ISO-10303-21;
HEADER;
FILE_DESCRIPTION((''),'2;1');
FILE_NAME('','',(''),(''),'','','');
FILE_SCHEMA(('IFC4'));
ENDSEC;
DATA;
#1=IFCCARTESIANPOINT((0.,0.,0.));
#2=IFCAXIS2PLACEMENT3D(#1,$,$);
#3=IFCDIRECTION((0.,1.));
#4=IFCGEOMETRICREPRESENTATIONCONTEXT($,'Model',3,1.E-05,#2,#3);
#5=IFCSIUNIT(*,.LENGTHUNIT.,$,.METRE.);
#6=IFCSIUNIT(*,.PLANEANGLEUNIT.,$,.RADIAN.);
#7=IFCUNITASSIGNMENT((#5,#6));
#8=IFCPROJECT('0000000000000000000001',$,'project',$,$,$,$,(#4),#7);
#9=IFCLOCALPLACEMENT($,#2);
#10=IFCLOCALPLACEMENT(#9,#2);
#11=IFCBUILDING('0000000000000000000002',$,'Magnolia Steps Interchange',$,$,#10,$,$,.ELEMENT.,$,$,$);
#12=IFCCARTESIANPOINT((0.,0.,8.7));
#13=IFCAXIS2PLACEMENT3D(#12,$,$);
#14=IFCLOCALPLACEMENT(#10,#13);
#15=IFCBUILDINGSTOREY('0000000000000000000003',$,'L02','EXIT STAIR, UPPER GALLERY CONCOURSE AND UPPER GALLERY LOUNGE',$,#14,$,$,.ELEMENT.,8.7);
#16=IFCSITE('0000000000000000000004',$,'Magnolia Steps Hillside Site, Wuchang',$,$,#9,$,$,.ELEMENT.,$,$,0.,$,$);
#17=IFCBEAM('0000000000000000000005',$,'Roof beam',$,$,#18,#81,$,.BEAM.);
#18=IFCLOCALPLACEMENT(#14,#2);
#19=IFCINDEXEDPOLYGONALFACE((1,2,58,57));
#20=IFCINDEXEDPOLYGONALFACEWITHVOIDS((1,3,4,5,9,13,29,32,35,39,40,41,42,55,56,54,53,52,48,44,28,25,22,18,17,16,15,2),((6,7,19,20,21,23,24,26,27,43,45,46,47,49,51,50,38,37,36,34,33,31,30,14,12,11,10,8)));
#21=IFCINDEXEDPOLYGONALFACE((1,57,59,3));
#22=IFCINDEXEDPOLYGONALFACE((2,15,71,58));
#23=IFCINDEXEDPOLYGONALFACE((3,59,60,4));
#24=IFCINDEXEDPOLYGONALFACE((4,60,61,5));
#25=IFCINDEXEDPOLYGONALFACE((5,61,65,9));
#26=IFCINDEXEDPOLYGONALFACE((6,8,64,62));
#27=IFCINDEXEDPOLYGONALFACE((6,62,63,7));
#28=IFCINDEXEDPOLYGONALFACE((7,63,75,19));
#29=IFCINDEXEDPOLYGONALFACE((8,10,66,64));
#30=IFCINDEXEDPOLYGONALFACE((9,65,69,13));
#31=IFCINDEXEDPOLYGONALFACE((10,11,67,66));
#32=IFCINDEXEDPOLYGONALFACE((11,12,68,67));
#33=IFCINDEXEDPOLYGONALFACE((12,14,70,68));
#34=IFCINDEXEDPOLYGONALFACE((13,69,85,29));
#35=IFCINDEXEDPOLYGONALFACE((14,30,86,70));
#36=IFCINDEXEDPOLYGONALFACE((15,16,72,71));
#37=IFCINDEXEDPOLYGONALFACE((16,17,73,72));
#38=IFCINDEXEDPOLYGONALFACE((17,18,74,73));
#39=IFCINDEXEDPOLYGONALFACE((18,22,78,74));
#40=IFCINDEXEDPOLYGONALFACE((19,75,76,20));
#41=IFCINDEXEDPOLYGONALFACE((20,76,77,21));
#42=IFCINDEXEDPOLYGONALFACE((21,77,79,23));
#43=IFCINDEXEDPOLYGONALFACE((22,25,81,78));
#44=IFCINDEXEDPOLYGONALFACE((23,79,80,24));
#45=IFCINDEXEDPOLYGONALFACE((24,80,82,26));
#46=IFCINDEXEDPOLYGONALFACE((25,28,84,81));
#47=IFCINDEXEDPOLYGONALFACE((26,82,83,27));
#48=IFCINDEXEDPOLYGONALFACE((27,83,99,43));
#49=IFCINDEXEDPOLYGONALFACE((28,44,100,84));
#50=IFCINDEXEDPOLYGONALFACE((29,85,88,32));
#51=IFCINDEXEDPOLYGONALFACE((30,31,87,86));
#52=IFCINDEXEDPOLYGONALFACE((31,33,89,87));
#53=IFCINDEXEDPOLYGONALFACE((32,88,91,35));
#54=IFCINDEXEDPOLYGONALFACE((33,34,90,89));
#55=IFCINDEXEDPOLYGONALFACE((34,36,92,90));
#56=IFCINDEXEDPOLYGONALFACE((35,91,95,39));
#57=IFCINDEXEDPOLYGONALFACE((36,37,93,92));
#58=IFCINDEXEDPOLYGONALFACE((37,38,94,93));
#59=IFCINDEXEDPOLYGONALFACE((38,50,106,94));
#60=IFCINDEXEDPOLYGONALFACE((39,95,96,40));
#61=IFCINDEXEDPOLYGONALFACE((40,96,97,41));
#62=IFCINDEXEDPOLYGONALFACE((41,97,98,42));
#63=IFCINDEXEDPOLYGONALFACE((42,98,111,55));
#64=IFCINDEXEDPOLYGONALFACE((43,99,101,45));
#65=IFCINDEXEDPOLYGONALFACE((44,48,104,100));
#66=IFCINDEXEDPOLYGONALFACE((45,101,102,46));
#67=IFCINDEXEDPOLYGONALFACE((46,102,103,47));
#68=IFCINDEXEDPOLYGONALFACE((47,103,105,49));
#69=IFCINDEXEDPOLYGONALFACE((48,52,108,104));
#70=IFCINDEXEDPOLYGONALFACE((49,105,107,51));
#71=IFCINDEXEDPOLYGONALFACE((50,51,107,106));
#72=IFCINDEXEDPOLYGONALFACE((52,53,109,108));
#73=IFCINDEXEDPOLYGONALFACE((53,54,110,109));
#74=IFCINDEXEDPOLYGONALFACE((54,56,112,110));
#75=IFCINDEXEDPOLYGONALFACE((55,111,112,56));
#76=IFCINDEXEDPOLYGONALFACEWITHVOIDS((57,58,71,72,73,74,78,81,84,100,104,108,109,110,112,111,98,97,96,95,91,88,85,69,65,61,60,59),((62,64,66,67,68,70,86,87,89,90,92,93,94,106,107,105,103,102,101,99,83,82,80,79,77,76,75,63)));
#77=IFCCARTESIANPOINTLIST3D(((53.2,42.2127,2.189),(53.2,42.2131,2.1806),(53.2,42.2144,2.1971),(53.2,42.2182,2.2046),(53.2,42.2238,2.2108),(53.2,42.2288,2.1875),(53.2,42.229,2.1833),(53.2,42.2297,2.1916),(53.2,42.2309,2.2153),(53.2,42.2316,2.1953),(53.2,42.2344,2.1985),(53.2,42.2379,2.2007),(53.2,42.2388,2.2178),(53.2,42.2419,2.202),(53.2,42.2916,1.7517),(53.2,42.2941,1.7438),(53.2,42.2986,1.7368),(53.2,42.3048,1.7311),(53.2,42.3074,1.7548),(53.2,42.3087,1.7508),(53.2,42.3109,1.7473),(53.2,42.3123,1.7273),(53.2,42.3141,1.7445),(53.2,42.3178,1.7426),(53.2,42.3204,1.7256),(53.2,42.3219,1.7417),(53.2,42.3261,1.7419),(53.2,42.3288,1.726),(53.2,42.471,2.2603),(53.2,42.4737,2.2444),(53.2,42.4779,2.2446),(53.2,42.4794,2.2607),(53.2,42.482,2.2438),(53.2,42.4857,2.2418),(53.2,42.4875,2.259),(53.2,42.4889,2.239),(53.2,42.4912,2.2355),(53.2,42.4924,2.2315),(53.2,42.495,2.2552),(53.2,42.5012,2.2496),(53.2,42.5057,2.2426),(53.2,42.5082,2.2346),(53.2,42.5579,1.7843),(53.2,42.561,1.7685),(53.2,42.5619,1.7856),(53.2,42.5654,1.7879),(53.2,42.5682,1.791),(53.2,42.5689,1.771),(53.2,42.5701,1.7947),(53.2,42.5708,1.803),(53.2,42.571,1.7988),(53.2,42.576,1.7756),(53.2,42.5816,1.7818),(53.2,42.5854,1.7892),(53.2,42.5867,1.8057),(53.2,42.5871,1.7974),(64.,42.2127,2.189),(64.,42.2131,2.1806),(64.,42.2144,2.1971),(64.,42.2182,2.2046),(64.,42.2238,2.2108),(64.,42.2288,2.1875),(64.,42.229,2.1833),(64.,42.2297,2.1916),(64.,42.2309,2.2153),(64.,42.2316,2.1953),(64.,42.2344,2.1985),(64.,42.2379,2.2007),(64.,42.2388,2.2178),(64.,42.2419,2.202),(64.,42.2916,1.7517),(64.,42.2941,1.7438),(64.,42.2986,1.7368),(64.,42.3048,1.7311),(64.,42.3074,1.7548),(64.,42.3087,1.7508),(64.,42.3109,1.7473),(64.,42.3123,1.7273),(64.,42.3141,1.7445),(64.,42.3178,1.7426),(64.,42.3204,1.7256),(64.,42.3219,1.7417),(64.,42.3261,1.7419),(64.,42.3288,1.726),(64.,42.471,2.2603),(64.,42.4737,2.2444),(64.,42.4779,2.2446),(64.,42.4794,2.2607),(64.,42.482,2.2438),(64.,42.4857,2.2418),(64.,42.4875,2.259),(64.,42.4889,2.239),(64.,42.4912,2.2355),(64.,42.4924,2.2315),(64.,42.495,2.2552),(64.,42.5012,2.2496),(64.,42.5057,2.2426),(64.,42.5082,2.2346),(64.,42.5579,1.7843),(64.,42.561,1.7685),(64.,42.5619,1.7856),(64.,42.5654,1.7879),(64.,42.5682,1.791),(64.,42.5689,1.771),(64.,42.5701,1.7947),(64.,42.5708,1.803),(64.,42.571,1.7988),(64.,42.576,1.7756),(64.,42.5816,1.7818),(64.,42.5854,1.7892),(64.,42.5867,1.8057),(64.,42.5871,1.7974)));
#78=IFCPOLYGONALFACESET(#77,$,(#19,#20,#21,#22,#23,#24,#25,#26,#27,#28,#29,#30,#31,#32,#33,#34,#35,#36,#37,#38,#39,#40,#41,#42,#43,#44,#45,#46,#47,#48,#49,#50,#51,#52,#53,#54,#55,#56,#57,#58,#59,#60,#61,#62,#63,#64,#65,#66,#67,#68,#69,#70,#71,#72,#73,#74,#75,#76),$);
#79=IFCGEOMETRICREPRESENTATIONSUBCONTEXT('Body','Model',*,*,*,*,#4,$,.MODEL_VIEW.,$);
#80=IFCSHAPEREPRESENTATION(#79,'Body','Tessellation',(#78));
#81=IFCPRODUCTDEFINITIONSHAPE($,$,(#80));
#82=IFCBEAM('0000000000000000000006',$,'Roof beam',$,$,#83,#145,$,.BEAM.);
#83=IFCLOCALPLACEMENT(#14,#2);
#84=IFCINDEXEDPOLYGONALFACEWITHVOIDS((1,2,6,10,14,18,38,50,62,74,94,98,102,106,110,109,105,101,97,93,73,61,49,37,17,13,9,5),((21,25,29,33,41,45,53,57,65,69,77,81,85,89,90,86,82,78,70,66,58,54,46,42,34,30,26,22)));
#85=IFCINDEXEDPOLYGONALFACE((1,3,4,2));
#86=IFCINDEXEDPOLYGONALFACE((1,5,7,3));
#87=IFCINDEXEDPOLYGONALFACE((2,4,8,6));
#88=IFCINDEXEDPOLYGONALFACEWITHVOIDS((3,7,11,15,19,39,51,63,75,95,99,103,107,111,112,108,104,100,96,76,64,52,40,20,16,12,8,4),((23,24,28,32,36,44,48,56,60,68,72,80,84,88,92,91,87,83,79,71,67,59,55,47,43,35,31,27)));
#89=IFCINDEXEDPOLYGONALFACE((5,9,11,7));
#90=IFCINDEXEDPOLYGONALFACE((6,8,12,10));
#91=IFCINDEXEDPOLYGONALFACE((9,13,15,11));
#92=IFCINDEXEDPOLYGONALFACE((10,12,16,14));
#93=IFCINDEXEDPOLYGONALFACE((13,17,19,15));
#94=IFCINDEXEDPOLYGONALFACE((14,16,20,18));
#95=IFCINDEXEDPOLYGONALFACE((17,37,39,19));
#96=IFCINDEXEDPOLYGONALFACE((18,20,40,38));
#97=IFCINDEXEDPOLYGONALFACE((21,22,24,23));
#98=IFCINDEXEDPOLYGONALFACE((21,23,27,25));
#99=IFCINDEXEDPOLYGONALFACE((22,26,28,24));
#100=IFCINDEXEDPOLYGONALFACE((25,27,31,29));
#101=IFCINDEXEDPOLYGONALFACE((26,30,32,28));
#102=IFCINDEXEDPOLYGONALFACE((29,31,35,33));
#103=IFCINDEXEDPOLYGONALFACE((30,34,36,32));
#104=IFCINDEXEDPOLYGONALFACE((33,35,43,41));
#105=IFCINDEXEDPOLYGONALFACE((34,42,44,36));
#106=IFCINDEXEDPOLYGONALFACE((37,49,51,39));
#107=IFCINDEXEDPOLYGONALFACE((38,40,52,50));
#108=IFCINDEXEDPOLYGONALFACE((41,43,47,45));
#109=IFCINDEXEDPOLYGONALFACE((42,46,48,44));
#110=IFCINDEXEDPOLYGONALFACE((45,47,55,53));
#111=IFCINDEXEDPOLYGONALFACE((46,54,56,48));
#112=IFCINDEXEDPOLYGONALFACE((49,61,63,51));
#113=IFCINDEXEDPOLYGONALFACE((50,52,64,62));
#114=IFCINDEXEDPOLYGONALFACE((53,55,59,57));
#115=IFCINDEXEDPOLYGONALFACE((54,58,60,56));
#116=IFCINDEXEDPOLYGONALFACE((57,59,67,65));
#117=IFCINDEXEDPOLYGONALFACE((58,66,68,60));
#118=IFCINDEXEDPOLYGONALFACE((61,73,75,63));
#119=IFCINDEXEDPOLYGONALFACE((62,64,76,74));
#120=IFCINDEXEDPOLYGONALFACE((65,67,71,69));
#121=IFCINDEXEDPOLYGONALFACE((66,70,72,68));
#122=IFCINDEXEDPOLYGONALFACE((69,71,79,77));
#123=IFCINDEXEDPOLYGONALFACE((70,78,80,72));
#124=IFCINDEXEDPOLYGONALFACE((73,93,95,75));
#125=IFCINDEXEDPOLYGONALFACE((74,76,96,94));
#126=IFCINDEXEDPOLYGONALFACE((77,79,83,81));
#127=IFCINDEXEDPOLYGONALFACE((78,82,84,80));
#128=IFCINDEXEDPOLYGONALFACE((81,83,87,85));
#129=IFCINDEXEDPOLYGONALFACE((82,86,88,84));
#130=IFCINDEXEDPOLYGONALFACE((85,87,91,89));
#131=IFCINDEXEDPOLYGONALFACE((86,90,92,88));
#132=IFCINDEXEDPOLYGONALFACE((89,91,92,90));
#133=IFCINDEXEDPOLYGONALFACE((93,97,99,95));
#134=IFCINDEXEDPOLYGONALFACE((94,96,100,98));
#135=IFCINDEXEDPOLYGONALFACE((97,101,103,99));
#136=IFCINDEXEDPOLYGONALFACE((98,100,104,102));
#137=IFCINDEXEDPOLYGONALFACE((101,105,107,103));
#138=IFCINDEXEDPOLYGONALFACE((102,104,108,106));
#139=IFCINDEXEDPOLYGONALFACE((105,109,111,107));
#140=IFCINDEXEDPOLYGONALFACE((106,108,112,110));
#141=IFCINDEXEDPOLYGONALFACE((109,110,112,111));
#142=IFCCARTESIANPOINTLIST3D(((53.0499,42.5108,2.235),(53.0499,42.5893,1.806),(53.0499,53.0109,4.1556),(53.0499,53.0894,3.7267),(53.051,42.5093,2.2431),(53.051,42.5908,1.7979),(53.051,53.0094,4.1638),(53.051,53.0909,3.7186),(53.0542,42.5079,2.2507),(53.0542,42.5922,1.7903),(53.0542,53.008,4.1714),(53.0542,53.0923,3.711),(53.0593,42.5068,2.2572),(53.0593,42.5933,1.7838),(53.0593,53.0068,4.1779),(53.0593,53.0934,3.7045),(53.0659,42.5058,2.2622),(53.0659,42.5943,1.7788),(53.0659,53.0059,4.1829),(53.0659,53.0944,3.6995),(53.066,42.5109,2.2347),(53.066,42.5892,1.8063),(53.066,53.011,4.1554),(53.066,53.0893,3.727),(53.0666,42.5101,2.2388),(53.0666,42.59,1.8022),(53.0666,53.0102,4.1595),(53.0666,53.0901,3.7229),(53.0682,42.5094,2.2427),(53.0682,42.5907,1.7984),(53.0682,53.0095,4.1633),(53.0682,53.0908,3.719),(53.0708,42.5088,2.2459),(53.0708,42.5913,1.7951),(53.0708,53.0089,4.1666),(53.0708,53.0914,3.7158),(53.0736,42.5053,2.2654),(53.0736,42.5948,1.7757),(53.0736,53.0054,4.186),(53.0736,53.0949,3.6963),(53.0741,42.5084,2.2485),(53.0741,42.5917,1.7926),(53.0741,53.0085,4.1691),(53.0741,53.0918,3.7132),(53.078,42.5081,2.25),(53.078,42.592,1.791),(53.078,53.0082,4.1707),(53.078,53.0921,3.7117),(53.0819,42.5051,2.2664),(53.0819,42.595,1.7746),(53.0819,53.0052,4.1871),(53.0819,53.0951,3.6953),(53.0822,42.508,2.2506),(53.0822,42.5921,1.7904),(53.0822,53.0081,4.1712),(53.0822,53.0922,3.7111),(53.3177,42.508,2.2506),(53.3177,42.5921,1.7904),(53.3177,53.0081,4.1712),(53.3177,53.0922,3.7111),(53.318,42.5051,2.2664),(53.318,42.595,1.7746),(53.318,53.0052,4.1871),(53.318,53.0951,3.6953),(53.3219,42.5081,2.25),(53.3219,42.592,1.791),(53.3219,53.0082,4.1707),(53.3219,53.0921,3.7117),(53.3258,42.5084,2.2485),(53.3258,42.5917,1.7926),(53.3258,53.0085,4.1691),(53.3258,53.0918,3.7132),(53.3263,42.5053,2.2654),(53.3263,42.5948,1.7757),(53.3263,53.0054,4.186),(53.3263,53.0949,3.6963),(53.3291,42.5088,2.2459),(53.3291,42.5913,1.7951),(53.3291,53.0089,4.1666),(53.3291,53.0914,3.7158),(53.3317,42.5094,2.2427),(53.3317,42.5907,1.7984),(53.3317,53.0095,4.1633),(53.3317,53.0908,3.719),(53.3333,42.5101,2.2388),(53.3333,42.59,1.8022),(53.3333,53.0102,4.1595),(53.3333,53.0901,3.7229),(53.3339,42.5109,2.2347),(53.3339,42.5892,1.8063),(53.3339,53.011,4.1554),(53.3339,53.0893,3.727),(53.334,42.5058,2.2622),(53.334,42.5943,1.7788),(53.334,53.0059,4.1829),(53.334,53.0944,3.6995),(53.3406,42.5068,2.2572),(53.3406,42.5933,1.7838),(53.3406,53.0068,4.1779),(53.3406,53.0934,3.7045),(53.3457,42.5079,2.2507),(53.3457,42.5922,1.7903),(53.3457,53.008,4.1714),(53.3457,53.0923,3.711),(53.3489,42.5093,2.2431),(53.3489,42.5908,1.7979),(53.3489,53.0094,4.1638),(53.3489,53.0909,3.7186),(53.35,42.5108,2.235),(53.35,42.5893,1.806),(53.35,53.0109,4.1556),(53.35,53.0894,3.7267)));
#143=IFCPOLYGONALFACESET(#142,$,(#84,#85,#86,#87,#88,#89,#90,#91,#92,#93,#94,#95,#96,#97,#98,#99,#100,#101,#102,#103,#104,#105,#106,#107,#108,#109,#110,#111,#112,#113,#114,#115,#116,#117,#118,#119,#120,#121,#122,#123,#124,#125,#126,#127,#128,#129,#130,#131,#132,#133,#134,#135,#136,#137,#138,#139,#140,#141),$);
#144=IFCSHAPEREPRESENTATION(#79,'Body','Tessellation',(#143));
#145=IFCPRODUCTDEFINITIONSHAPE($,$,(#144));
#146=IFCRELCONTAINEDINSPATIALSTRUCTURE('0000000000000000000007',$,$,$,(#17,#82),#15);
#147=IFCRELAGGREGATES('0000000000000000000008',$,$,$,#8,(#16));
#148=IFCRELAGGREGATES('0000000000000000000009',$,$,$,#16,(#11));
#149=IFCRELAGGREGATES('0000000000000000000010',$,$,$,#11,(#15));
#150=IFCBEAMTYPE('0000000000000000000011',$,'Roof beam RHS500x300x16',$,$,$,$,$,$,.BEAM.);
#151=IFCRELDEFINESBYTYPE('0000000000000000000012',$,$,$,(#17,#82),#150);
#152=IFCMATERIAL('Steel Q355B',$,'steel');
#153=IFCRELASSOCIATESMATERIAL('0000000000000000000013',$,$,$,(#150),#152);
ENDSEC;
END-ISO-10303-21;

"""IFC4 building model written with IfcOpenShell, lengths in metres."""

from ifc_helpers import new_model, si_unit, direction, frame, origin, origin_2d, place, context, subcontext, project, spatial, hollow_rectangle, extrude, material, material_profile, profile_set, type_object, element, save


model = new_model("IFC4")

# Units and contexts
model_context = context("Model", 3, precision=1e-05, world=origin(), true_north=direction((0.0, 1.0)))
body_context = subcontext(model_context, "Body", "Model", "MODEL_VIEW")
ifc_project = project(units=[si_unit("LENGTHUNIT", "METRE"), si_unit("PLANEANGLEUNIT", "RADIAN")], contexts=[model_context])

# Site, building, storey
site_placement = place(None, origin())
site = spatial("IfcSite", under=ifc_project, at=site_placement, Name="Magnolia Steps Hillside Site, Wuchang", CompositionType="ELEMENT", RefElevation=0.0)
building_placement = place(site_placement, origin())
building = spatial("IfcBuilding", under=site, at=building_placement, Name="Magnolia Steps Interchange", CompositionType="ELEMENT")
storey_placement = place(building_placement, frame((0.0, 0.0, 8.7)))
storey = spatial("IfcBuildingStorey", under=building, at=storey_placement, Name="L02", Description="EXIT STAIR, UPPER GALLERY CONCOURSE AND UPPER GALLERY LOUNGE", CompositionType="ELEMENT", Elevation=8.7)

# Beams
ifc_material_1 = material(Name="Steel Q355B", Category="steel")
ifc_material_profile_1 = material_profile(ifc_material_1, hollow_rectangle(XDim=0.3, YDim=0.5, WallThickness=0.0161, InnerFilletRadius=0.0161, OuterFilletRadius=0.032, at=origin_2d()), Name="RHS500x300x16")
ifc_profile_set_1 = profile_set([ifc_material_profile_1], Name="Steel Q355B")
beam_type_1 = type_object("IfcBeamType", Name="Roof beam RHS500x300x16", PredefinedType="BEAM", material=ifc_profile_set_1)
beam_1_placement = place(storey_placement, frame((53.2, 42.3999, 1.9932), z_axis=(1.0, 0.0, 0.0), x_axis=(0.0, 0.983677, 0.179941)))
element("IfcBeam", 1, at=beam_1_placement, inside=storey, type_object=beam_type_1, Name="Roof beam", PredefinedType="BEAM", context=body_context, shape_type="SweptSolid", body=[
    extrude(hollow_rectangle(XDim=0.3, YDim=0.5, WallThickness=0.0161, InnerFilletRadius=0.0161, OuterFilletRadius=0.032, at=origin_2d()), origin(), (0.0, 0.0, 1.0), 10.8),
])
beam_2_placement = place(storey_placement, frame((53.2, 42.55, 2.0205), z_axis=(0.0, 0.983679, 0.179934), x_axis=(-1.0, 0.0, 0.0)))
element("IfcBeam", 2, at=beam_2_placement, inside=storey, type_object=beam_type_1, Name="Roof beam", PredefinedType="BEAM", context=body_context, shape_type="SweptSolid", body=[
    extrude(hollow_rectangle(XDim=0.3, YDim=0.5, WallThickness=0.0161, InnerFilletRadius=0.0161, OuterFilletRadius=0.032, at=origin_2d()), origin(), (0.0, 0.0, 1.0), 10.6743),
])

save(model, "model.ifc")
